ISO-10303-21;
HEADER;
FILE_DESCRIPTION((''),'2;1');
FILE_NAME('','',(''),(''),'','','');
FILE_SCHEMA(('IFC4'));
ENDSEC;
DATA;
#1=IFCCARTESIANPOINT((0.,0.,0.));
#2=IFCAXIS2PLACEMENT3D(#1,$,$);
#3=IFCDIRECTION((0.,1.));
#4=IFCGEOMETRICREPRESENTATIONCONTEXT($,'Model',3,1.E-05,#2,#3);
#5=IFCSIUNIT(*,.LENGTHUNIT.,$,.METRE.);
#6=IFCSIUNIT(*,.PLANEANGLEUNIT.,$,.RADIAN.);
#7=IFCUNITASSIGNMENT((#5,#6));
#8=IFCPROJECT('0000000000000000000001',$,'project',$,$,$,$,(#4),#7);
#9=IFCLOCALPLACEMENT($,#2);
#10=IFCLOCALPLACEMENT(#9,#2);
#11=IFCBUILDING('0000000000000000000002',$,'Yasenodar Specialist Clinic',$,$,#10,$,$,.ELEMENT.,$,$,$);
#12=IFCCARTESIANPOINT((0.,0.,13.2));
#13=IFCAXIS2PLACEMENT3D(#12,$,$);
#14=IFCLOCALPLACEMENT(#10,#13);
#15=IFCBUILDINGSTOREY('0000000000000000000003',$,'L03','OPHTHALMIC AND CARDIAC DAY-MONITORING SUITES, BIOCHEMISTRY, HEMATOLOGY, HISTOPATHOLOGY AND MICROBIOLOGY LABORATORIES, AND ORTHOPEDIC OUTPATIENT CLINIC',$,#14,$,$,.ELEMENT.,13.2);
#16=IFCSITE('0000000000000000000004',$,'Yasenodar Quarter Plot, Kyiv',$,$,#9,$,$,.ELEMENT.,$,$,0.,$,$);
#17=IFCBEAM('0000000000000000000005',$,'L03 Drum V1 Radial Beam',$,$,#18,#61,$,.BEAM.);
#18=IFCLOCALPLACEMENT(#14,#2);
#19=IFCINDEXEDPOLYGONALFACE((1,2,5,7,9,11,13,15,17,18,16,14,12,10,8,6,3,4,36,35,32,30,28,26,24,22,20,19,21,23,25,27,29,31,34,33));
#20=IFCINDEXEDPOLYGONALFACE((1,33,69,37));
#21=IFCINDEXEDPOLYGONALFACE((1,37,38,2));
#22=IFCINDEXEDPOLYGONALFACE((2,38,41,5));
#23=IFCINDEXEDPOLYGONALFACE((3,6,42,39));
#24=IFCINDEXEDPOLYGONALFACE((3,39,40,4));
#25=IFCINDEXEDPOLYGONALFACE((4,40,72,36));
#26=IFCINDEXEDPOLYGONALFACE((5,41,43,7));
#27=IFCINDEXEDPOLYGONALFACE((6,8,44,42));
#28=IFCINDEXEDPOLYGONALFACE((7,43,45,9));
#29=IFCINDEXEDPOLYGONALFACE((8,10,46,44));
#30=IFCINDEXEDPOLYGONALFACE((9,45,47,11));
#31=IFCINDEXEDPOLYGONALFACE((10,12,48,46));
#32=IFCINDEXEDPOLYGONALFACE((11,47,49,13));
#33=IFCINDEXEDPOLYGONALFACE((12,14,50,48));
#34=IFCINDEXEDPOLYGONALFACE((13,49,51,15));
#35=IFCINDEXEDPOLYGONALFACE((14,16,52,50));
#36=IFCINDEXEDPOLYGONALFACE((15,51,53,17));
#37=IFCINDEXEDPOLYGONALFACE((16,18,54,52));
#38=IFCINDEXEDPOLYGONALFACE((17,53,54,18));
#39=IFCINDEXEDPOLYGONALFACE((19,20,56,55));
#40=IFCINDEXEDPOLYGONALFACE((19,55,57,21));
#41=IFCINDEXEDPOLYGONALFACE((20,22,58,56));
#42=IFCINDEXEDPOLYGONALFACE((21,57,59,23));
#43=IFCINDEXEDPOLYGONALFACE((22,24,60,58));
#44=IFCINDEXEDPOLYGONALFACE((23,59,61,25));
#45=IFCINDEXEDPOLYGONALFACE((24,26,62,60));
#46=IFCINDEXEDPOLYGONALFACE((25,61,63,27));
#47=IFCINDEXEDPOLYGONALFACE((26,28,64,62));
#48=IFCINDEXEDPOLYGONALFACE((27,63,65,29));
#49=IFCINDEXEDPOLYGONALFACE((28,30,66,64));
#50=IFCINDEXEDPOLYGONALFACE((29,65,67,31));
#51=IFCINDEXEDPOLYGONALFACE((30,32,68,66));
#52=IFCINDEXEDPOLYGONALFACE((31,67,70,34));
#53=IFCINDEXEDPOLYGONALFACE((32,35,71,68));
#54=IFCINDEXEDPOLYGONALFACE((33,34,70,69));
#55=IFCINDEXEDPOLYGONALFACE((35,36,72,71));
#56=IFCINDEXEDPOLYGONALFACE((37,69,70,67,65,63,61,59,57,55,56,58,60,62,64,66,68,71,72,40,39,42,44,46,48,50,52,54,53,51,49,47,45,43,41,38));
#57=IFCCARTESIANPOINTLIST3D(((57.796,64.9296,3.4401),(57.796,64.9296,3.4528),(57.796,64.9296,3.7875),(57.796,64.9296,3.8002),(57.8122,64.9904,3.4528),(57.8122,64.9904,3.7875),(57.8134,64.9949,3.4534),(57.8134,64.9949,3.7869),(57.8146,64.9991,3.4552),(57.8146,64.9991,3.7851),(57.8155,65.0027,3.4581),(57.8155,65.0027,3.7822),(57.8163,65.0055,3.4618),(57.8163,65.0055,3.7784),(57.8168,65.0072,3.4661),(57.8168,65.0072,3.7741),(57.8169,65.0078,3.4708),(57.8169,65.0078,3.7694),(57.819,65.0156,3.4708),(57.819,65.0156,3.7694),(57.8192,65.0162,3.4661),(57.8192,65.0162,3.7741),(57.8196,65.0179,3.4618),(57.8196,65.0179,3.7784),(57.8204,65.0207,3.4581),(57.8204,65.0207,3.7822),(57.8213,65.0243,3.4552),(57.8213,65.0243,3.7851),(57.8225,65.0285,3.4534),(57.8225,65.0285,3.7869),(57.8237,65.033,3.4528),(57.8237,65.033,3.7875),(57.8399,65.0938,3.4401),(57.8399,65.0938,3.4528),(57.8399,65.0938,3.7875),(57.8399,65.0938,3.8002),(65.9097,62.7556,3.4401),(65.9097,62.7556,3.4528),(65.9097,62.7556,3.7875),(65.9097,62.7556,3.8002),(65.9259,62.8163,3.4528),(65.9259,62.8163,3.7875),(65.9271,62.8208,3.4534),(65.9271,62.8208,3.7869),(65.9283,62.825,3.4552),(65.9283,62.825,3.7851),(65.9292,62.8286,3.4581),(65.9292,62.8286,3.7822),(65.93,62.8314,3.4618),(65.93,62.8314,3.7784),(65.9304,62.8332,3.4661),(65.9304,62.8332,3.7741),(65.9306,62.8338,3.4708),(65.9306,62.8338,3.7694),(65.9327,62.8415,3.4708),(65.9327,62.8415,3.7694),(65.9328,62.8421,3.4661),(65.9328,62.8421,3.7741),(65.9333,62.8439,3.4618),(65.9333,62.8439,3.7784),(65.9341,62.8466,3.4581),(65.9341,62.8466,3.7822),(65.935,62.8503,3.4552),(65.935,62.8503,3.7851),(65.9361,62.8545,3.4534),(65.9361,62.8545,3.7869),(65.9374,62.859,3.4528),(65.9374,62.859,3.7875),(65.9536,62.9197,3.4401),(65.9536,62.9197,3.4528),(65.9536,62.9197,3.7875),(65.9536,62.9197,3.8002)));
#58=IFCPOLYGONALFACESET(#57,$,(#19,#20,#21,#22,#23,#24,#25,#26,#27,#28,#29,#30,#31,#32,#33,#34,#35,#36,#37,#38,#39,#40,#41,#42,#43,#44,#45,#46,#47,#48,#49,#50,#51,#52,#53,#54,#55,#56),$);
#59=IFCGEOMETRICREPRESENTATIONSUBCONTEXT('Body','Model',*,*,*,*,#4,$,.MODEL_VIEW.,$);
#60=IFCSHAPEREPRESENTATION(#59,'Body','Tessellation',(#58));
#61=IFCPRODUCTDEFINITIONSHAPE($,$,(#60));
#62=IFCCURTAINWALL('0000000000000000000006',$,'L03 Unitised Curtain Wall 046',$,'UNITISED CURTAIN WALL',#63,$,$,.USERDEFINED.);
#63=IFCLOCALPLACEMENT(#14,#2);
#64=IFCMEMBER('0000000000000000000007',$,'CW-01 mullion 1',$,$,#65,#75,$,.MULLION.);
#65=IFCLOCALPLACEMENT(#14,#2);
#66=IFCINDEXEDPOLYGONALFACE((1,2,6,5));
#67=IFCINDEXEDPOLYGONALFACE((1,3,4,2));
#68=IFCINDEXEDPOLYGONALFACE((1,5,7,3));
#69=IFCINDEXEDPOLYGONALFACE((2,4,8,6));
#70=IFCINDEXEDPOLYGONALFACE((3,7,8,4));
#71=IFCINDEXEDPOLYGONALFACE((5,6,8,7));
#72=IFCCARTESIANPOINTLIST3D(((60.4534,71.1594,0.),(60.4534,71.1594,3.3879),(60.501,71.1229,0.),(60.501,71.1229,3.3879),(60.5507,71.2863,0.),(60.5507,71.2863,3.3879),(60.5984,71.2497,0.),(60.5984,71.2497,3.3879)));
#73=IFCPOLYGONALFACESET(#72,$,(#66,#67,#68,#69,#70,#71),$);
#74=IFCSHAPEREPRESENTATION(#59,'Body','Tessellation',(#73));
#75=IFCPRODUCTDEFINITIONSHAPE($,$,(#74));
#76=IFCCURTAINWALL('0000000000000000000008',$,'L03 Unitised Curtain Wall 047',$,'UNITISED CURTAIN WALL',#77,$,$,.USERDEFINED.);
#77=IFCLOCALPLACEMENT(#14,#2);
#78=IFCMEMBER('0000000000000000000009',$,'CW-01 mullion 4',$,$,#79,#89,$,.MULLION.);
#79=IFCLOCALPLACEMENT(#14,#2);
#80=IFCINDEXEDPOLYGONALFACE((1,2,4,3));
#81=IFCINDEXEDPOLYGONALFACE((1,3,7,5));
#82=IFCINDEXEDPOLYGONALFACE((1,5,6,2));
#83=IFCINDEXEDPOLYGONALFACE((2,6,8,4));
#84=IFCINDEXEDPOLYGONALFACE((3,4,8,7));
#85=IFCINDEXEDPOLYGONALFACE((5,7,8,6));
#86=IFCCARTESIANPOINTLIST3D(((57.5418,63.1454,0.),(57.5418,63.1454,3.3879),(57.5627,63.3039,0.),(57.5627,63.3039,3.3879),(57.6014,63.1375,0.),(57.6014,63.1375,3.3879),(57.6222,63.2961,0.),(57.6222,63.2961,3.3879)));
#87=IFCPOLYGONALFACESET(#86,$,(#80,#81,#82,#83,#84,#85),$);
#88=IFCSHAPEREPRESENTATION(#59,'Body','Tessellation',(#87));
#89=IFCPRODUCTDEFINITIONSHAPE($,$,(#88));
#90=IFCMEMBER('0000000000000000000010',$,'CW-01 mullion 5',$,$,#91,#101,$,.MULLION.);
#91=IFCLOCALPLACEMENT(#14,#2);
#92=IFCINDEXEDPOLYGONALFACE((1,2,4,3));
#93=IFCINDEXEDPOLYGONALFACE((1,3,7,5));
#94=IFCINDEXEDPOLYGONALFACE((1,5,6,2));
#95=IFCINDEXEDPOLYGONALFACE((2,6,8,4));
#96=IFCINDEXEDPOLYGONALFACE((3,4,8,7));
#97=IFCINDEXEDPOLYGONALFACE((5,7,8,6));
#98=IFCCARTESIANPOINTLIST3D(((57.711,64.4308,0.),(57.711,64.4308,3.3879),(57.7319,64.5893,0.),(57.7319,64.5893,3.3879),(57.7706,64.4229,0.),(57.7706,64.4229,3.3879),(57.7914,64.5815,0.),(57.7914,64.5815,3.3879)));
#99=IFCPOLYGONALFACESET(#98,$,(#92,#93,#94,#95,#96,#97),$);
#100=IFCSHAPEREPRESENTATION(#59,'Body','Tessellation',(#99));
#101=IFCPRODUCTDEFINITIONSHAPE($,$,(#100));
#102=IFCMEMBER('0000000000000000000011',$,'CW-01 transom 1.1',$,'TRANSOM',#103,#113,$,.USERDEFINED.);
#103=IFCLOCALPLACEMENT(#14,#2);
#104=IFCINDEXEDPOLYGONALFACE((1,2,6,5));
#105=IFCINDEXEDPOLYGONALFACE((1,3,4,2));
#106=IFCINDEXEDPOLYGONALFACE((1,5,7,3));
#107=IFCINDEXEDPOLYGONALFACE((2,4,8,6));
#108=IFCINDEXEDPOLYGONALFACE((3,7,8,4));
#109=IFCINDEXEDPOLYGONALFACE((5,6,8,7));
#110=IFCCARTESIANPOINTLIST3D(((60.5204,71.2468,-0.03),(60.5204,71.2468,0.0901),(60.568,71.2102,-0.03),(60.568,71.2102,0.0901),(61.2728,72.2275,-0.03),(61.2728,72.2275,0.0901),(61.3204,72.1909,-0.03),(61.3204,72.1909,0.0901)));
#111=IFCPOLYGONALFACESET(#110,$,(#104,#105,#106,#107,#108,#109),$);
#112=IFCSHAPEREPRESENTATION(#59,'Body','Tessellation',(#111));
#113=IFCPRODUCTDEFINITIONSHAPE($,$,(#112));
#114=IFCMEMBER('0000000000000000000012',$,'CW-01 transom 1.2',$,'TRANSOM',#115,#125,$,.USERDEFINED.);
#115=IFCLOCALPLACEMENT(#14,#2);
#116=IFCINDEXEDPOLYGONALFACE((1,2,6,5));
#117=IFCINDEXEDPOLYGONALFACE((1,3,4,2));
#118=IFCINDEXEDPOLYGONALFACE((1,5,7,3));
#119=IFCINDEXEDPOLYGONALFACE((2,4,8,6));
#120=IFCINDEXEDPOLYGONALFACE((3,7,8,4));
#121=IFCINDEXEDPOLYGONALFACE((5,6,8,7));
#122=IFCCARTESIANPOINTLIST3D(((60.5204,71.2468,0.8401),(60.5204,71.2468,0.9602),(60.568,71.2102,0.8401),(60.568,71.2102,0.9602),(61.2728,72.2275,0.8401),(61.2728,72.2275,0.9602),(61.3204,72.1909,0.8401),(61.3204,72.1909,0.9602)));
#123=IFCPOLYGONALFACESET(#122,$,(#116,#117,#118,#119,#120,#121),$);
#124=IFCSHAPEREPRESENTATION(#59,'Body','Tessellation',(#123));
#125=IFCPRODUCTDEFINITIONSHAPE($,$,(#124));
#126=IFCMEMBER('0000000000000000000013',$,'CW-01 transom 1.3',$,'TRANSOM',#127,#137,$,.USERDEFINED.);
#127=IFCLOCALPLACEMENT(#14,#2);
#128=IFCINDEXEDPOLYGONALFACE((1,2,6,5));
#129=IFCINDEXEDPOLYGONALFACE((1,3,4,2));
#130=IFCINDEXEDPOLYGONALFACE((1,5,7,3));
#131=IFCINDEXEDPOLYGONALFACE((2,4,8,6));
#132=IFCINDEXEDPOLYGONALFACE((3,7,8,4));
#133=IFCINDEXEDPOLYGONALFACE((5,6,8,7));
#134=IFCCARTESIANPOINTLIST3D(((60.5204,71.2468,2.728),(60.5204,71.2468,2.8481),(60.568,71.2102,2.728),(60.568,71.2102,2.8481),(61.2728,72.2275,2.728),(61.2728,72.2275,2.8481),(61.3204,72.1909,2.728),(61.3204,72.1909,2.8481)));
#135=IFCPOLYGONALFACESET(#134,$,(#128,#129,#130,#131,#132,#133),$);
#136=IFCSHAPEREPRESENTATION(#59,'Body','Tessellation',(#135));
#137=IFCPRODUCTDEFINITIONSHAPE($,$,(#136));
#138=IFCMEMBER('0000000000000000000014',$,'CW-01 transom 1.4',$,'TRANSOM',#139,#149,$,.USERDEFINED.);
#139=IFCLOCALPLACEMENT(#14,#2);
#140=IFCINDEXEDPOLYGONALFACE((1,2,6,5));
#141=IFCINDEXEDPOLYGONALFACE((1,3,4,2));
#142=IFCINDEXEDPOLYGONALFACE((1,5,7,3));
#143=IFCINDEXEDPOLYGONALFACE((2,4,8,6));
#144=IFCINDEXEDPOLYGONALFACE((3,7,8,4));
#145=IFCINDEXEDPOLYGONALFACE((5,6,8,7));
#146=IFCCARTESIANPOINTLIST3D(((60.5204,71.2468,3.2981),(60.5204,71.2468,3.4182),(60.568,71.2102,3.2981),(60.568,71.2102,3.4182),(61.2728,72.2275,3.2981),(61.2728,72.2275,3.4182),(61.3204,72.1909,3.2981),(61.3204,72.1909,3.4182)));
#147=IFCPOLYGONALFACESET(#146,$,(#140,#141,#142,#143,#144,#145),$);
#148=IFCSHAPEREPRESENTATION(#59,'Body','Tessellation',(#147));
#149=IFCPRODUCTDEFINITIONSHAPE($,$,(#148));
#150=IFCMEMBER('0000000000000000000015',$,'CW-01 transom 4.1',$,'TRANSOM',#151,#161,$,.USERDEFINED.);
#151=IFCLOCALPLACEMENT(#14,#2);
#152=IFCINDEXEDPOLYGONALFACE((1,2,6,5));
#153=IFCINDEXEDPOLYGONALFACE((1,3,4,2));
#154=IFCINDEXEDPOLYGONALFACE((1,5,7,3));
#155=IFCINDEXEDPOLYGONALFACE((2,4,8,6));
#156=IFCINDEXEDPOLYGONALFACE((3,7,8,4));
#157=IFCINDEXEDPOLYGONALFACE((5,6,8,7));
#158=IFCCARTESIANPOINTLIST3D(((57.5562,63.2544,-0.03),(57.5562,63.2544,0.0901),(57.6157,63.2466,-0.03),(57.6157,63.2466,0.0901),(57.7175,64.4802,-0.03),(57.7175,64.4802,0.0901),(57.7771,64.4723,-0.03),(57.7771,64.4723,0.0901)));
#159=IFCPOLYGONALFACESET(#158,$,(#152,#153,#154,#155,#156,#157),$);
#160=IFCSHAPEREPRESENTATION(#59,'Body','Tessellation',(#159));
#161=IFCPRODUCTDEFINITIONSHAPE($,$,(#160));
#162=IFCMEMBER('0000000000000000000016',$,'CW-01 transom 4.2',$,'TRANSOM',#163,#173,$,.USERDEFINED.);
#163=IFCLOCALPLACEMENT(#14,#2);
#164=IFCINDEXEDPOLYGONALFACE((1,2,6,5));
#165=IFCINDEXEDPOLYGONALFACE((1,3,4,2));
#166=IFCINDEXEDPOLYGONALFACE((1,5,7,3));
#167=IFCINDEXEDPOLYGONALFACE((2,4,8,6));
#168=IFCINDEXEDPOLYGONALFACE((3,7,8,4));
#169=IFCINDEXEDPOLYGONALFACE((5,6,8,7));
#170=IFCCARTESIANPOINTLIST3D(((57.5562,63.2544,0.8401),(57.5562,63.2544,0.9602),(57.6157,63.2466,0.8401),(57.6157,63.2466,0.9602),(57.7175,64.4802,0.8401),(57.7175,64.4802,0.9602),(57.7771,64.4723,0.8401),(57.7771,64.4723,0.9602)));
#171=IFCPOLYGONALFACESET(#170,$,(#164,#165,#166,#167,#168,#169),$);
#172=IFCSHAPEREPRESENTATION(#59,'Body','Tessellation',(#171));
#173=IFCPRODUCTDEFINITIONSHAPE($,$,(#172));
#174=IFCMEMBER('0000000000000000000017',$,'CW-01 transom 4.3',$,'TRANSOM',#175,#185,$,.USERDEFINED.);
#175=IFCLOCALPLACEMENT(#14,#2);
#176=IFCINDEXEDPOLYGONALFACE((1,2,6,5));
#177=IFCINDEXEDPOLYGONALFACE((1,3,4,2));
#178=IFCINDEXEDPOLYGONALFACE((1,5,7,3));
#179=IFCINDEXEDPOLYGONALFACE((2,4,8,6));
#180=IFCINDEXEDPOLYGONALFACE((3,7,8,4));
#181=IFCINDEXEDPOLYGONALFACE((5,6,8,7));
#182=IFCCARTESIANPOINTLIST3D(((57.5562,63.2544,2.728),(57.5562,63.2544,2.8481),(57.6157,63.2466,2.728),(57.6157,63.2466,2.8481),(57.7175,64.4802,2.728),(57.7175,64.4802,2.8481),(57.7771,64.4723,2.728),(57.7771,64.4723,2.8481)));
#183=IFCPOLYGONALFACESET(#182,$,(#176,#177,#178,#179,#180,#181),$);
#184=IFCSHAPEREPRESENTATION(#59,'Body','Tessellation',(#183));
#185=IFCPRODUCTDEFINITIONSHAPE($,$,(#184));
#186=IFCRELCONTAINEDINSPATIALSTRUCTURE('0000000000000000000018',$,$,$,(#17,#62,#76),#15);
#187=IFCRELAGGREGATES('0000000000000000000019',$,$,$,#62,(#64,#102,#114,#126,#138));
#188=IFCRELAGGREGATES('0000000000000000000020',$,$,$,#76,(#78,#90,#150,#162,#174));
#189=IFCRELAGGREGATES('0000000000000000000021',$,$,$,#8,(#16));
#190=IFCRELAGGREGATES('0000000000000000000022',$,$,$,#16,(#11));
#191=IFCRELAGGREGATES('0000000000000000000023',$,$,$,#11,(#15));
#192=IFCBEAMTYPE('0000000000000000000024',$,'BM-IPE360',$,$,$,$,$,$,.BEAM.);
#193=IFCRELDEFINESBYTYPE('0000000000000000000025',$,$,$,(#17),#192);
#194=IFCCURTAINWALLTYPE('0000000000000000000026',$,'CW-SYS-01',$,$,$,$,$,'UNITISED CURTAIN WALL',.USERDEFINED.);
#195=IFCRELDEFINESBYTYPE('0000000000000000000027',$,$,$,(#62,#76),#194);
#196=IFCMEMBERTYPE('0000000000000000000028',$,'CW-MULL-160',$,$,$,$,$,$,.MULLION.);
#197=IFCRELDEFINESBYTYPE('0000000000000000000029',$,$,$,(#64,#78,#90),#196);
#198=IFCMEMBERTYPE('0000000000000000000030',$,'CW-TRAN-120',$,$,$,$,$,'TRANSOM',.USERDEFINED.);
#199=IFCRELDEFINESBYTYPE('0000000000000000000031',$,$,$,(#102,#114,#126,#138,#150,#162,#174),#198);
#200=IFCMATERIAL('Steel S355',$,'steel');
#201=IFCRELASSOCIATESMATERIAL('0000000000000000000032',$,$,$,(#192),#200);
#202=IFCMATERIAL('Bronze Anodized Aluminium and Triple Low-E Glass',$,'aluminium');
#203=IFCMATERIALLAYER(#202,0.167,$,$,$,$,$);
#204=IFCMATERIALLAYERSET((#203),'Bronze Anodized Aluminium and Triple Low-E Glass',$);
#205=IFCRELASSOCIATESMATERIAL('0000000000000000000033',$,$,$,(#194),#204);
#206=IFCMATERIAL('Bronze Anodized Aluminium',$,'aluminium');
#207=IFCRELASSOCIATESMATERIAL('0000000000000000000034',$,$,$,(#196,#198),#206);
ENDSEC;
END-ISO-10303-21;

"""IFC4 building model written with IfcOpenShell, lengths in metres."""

from ifc_helpers import new_model, si_unit, direction, frame, origin, origin_2d, place, context, subcontext, project, spatial, rectangle, i_section, extrude, material, layer, layer_set, material_profile, profile_set, type_object, element, aggregate, save


model = new_model("IFC4")

# Units and contexts
model_context = context("Model", 3, precision=1e-05, world=origin(), true_north=direction((0.0, 1.0)))
body_context = subcontext(model_context, "Body", "Model", "MODEL_VIEW")
ifc_project = project(units=[si_unit("LENGTHUNIT", "METRE"), si_unit("PLANEANGLEUNIT", "RADIAN")], contexts=[model_context])

# Site, building, storey
site_placement = place(None, origin())
site = spatial("IfcSite", under=ifc_project, at=site_placement, Name="Yasenodar Quarter Plot, Kyiv", CompositionType="ELEMENT", RefElevation=0.0)
building_placement = place(site_placement, origin())
building = spatial("IfcBuilding", under=site, at=building_placement, Name="Yasenodar Specialist Clinic", CompositionType="ELEMENT")
storey_placement = place(building_placement, frame((0.0, 0.0, 13.2)))
storey = spatial("IfcBuildingStorey", under=building, at=storey_placement, Name="L03", Description="OPHTHALMIC AND CARDIAC DAY-MONITORING SUITES, BIOCHEMISTRY, HEMATOLOGY, HISTOPATHOLOGY AND MICROBIOLOGY LABORATORIES, AND ORTHOPEDIC OUTPATIENT CLINIC", CompositionType="ELEMENT", Elevation=13.2)

# Shared definitions
ifc_material_1 = material(Name="Steel S355", Category="steel")

# Beam
ifc_material_profile_1 = material_profile(ifc_material_1, i_section(OverallWidth=0.1699, OverallDepth=0.3601, WebThickness=0.0081, FlangeThickness=0.0127, FilletRadius=0.0181, at=origin_2d()), Name="IPE 360")
ifc_profile_set_1 = profile_set([ifc_material_profile_1], Name="Steel S355")
beam_type_1 = type_object("IfcBeamType", Name="BM-IPE360", PredefinedType="BEAM", material=ifc_profile_set_1)
beam_1_placement = place(storey_placement, frame((65.9316, 62.8376, 3.6201), z_axis=(-0.965926, 0.258818, 0.0), x_axis=(-0.258818, -0.965926, 0.0)))
element("IfcBeam", 1, at=beam_1_placement, inside=storey, type_object=beam_type_1, Name="L03 Drum V1 Radial Beam", PredefinedType="BEAM", context=body_context, shape_type="SweptSolid", body=[
    extrude(i_section(OverallWidth=0.1699, OverallDepth=0.3601, WebThickness=0.0081, FlangeThickness=0.0127, FilletRadius=0.0181, at=origin_2d()), origin(), (0.0, 0.0, 1.0), 8.3999),
])

# Curtain wall, member
ifc_material_2 = material(Name="Bronze Anodized Aluminium and Triple Low-E Glass", Category="aluminium")
ifc_layer_1 = layer(ifc_material_2, 0.167)
ifc_layer_set_1 = layer_set([ifc_layer_1], Name="Bronze Anodized Aluminium and Triple Low-E Glass")
curtain_wall_type = type_object("IfcCurtainWallType", Name="CW-SYS-01", ElementType="UNITISED CURTAIN WALL", PredefinedType="USERDEFINED", material=ifc_layer_set_1)
curtain_wall_1_placement = place(storey_placement, origin())
curtain_wall_1 = element("IfcCurtainWall", 2, at=curtain_wall_1_placement, inside=storey, type_object=curtain_wall_type, Name="L03 Unitised Curtain Wall 046", ObjectType="UNITISED CURTAIN WALL", PredefinedType="USERDEFINED")
ifc_material_3 = material(Name="Bronze Anodized Aluminium", Category="aluminium")
ifc_material_profile_2 = material_profile(ifc_material_3, rectangle(XDim=0.0601, YDim=0.1599, at=origin_2d()), Name="CW-MULL 60x160")
ifc_profile_set_2 = profile_set([ifc_material_profile_2], Name="Bronze Anodized Aluminium")
member_type_1 = type_object("IfcMemberType", Name="CW-MULL-160", PredefinedType="MULLION", material=ifc_profile_set_2)
member_1_placement = place(storey_placement, frame((60.5259, 71.2046, 0.0), z_axis=(0.0, 0.0, 1.0), x_axis=(-0.793361, 0.608752, 0.0)))
member_1 = element("IfcMember", 3, at=member_1_placement, type_object=member_type_1, Name="CW-01 mullion 1", PredefinedType="MULLION", context=body_context, shape_type="SweptSolid", body=[
    extrude(rectangle(XDim=0.0601, YDim=0.1599, at=origin_2d()), origin(), (0.0, 0.0, 1.0), 3.3879),
])

# Curtain wall, members
curtain_wall_2_placement = place(storey_placement, origin())
curtain_wall_2 = element("IfcCurtainWall", 4, at=curtain_wall_2_placement, inside=storey, type_object=curtain_wall_type, Name="L03 Unitised Curtain Wall 047", ObjectType="UNITISED CURTAIN WALL", PredefinedType="USERDEFINED")
member_2_placement = place(storey_placement, frame((57.582, 63.2207, 0.0), z_axis=(0.0, 0.0, 1.0), x_axis=(-0.991447, 0.130512, 0.0)))
member_2 = element("IfcMember", 5, at=member_2_placement, type_object=member_type_1, Name="CW-01 mullion 4", PredefinedType="MULLION", context=body_context, shape_type="SweptSolid", body=[
    extrude(rectangle(XDim=0.0601, YDim=0.1599, at=origin_2d()), origin(), (0.0, 0.0, 1.0), 3.3879),
])
member_3_placement = place(storey_placement, frame((57.7512, 64.5061, 0.0), z_axis=(0.0, 0.0, 1.0), x_axis=(-0.991447, 0.130512, 0.0)))
member_3 = element("IfcMember", 6, at=member_3_placement, type_object=member_type_1, Name="CW-01 mullion 5", PredefinedType="MULLION", context=body_context, shape_type="SweptSolid", body=[
    extrude(rectangle(XDim=0.0601, YDim=0.1599, at=origin_2d()), origin(), (0.0, 0.0, 1.0), 3.3879),
])

# Members
ifc_material_profile_3 = material_profile(ifc_material_3, rectangle(XDim=0.0601, YDim=0.1201, at=origin_2d()), Name="CW-TRAN 60x120")
ifc_profile_set_3 = profile_set([ifc_material_profile_3], Name="Bronze Anodized Aluminium")
member_type_2 = type_object("IfcMemberType", Name="CW-TRAN-120", ElementType="TRANSOM", PredefinedType="USERDEFINED", material=ifc_profile_set_3)
member_4_placement = place(storey_placement, frame((60.5442, 71.2285, 0.03), z_axis=(0.608718, 0.793387, 0.0), x_axis=(-0.793387, 0.608718, 0.0)))
member_4 = element("IfcMember", 7, at=member_4_placement, type_object=member_type_2, Name="CW-01 transom 1.1", ObjectType="TRANSOM", PredefinedType="USERDEFINED", context=body_context, shape_type="SweptSolid", body=[
    extrude(rectangle(XDim=0.0601, YDim=0.1201, at=origin_2d()), origin(), (0.0, 0.0, 1.0), 1.2361),
])
member_5_placement = place(storey_placement, frame((60.5442, 71.2285, 0.9001), z_axis=(0.608718, 0.793387, 0.0), x_axis=(-0.793387, 0.608718, 0.0)))
member_5 = element("IfcMember", 8, at=member_5_placement, type_object=member_type_2, Name="CW-01 transom 1.2", ObjectType="TRANSOM", PredefinedType="USERDEFINED", context=body_context, shape_type="SweptSolid", body=[
    extrude(rectangle(XDim=0.0601, YDim=0.1201, at=origin_2d()), origin(), (0.0, 0.0, 1.0), 1.2361),
])
member_6_placement = place(storey_placement, frame((60.5442, 71.2285, 2.7881), z_axis=(0.608718, 0.793387, 0.0), x_axis=(-0.793387, 0.608718, 0.0)))
member_6 = element("IfcMember", 9, at=member_6_placement, type_object=member_type_2, Name="CW-01 transom 1.3", ObjectType="TRANSOM", PredefinedType="USERDEFINED", context=body_context, shape_type="SweptSolid", body=[
    extrude(rectangle(XDim=0.0601, YDim=0.1201, at=origin_2d()), origin(), (0.0, 0.0, 1.0), 1.2361),
])
member_7_placement = place(storey_placement, frame((60.5442, 71.2285, 3.3582), z_axis=(0.608718, 0.793387, 0.0), x_axis=(-0.793387, 0.608718, 0.0)))
member_7 = element("IfcMember", 10, at=member_7_placement, type_object=member_type_2, Name="CW-01 transom 1.4", ObjectType="TRANSOM", PredefinedType="USERDEFINED", context=body_context, shape_type="SweptSolid", body=[
    extrude(rectangle(XDim=0.0601, YDim=0.1201, at=origin_2d()), origin(), (0.0, 0.0, 1.0), 1.2361),
])
aggregate(curtain_wall_1, [member_1, member_4, member_5, member_6, member_7])
member_8_placement = place(storey_placement, frame((57.5859, 63.2505, 0.03), z_axis=(0.130521, 0.991446, 0.0), x_axis=(-0.991446, 0.130521, 0.0)))
member_8 = element("IfcMember", 11, at=member_8_placement, type_object=member_type_2, Name="CW-01 transom 4.1", ObjectType="TRANSOM", PredefinedType="USERDEFINED", context=body_context, shape_type="SweptSolid", body=[
    extrude(rectangle(XDim=0.0601, YDim=0.1201, at=origin_2d()), origin(), (0.0, 0.0, 1.0), 1.2363),
])
member_9_placement = place(storey_placement, frame((57.5859, 63.2505, 0.9001), z_axis=(0.130521, 0.991446, 0.0), x_axis=(-0.991446, 0.130521, 0.0)))
member_9 = element("IfcMember", 12, at=member_9_placement, type_object=member_type_2, Name="CW-01 transom 4.2", ObjectType="TRANSOM", PredefinedType="USERDEFINED", context=body_context, shape_type="SweptSolid", body=[
    extrude(rectangle(XDim=0.0601, YDim=0.1201, at=origin_2d()), origin(), (0.0, 0.0, 1.0), 1.2363),
])
member_10_placement = place(storey_placement, frame((57.5859, 63.2505, 2.7881), z_axis=(0.130521, 0.991446, 0.0), x_axis=(-0.991446, 0.130521, 0.0)))
member_10 = element("IfcMember", 13, at=member_10_placement, type_object=member_type_2, Name="CW-01 transom 4.3", ObjectType="TRANSOM", PredefinedType="USERDEFINED", context=body_context, shape_type="SweptSolid", body=[
    extrude(rectangle(XDim=0.0601, YDim=0.1201, at=origin_2d()), origin(), (0.0, 0.0, 1.0), 1.2363),
])

aggregate(curtain_wall_2, [member_2, member_3, member_8, member_9, member_10])

save(model, "model.ifc")
